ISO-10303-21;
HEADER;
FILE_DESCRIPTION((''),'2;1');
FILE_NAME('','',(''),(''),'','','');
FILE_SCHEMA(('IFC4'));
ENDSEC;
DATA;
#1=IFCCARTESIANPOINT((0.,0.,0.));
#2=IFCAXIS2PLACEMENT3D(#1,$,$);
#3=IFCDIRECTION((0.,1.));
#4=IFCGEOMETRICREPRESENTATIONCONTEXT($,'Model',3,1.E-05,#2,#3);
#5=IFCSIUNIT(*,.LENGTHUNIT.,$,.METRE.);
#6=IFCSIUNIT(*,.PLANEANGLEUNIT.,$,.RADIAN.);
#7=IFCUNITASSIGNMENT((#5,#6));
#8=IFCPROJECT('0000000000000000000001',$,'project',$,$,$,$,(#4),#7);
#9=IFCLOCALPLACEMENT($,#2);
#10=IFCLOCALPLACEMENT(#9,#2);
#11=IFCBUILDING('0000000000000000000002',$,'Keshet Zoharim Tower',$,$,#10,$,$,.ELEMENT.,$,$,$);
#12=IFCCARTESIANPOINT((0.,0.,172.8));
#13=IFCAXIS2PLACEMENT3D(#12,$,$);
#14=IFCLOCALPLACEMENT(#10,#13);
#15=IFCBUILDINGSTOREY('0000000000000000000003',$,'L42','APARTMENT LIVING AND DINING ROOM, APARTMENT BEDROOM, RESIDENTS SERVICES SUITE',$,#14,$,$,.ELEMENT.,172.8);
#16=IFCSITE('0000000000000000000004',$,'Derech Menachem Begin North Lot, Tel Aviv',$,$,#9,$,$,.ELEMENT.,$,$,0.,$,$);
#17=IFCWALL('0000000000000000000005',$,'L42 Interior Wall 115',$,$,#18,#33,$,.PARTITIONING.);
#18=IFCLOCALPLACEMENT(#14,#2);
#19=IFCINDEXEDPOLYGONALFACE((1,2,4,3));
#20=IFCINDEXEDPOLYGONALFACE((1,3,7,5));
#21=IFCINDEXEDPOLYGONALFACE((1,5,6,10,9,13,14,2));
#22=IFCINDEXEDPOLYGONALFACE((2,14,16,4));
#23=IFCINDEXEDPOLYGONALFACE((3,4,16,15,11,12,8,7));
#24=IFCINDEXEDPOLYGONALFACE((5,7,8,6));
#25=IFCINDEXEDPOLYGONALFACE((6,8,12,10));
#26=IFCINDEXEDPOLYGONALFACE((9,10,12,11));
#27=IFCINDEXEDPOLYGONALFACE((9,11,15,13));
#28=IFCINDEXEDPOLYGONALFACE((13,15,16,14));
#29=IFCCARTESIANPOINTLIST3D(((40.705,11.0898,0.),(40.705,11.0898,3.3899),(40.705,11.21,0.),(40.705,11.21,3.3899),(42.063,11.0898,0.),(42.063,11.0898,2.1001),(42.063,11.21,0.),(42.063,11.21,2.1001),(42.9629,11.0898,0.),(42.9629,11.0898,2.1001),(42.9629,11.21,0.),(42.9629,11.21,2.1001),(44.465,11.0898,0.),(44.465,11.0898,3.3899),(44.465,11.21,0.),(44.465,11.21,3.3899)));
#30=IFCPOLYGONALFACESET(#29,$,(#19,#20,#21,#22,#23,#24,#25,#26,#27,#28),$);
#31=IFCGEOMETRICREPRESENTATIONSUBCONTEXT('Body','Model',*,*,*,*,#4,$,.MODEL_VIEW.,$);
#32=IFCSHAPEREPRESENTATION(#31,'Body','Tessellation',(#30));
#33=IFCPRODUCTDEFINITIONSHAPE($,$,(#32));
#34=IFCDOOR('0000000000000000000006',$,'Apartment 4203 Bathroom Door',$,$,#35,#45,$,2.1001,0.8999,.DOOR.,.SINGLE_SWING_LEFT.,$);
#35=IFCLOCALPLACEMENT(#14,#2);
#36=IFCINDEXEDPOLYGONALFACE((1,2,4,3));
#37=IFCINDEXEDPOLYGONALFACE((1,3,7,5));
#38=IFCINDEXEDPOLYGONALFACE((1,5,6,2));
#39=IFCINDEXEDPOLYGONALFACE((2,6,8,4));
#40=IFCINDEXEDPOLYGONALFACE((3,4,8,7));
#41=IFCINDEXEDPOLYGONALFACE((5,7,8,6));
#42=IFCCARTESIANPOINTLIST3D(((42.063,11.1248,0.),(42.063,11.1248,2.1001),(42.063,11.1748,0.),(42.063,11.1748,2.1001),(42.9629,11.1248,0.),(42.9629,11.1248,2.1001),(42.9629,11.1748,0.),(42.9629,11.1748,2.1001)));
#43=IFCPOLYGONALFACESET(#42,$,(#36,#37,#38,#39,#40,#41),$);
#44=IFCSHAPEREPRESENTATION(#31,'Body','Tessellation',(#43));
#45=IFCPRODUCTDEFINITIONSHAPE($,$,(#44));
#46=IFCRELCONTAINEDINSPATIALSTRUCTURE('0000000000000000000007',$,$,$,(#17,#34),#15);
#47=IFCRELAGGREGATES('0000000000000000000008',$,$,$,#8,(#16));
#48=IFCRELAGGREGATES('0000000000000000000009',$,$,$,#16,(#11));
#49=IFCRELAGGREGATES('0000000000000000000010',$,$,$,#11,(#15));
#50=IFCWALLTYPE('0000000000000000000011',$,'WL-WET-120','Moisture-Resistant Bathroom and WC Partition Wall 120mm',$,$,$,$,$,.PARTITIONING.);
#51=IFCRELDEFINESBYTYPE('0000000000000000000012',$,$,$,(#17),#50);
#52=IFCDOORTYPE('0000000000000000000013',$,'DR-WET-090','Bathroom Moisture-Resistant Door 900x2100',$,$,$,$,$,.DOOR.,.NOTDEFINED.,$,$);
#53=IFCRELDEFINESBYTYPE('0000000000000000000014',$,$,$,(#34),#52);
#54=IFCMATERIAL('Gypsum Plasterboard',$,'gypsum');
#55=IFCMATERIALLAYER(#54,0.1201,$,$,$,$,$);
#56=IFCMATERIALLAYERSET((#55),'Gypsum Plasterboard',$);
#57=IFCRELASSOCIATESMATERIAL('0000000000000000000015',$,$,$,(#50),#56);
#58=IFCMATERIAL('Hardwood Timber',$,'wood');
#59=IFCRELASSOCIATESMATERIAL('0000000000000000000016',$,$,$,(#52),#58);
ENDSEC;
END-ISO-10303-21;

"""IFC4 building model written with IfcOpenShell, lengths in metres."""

from ifc_helpers import new_model, si_unit, direction, frame, frame_2d, origin, place, context, subcontext, project, spatial, rectangle, extrude, material, layer, layer_set, type_object, element, fill, save


model = new_model("IFC4")

# Units and contexts
model_context = context("Model", 3, precision=1e-05, world=origin(), true_north=direction((0.0, 1.0)))
body_context = subcontext(model_context, "Body", "Model", "MODEL_VIEW")
ifc_project = project(units=[si_unit("LENGTHUNIT", "METRE"), si_unit("PLANEANGLEUNIT", "RADIAN")], contexts=[model_context])

# Site, building, storey
site_placement = place(None, origin())
site = spatial("IfcSite", under=ifc_project, at=site_placement, Name="Derech Menachem Begin North Lot, Tel Aviv", CompositionType="ELEMENT", RefElevation=0.0)
building_placement = place(site_placement, origin())
building = spatial("IfcBuilding", under=site, at=building_placement, Name="Keshet Zoharim Tower", CompositionType="ELEMENT")
storey_placement = place(building_placement, frame((0.0, 0.0, 172.8)))
storey = spatial("IfcBuildingStorey", under=building, at=storey_placement, Name="L42", Description="APARTMENT LIVING AND DINING ROOM, APARTMENT BEDROOM, RESIDENTS SERVICES SUITE", CompositionType="ELEMENT", Elevation=172.8)

# Shared definitions
ifc_material_1 = material(Name="Gypsum Plasterboard", Category="gypsum")
ifc_material_2 = material(Name="Hardwood Timber", Category="wood")

# Shared definitions
ifc_layer_1 = layer(ifc_material_1, 0.1201)
ifc_layer_set_1 = layer_set([ifc_layer_1], Name="Gypsum Plasterboard")
wall_type_1 = type_object("IfcWallType", Name="WL-WET-120", Description="Moisture-Resistant Bathroom and WC Partition Wall 120mm", PredefinedType="PARTITIONING", material=ifc_layer_set_1)

# Wall, opening, door
wall_1_placement = place(storey_placement, frame((40.7051, 11.1499, 0.0), z_axis=(0.0, 0.0, 1.0), x_axis=(1.0, 0.0, 0.0)))
wall_1 = element("IfcWall", 1, at=wall_1_placement, inside=storey, type_object=wall_type_1, Name="L42 Interior Wall 115", PredefinedType="PARTITIONING", context=body_context, shape_type="SweptSolid", body=[
    extrude(rectangle(XDim=3.76, YDim=0.1201, at=frame_2d((1.8799, 0.0))), origin(), (0.0, 0.0, 1.0), 3.3899),
])
opening_1_placement = place(wall_1_placement, frame((1.3579, 0.0, 0.0)))
opening_1 = element("IfcOpeningElement", 2, at=opening_1_placement, cuts=wall_1, PredefinedType="OPENING", context=body_context, shape_type="SweptSolid", body=[
    extrude(rectangle(XDim=0.8999, YDim=2.1001, at=frame_2d((0.45, 1.05))), frame((0.0, 0.0701, 0.0), z_axis=(0.0, -1.0, 0.0), x_axis=(1.0, 0.0, 0.0)), (0.0, 0.0, 1.0), 0.1401),
])
door_type_1 = type_object("IfcDoorType", Name="DR-WET-090", Description="Bathroom Moisture-Resistant Door 900x2100", OperationType="NOTDEFINED", PredefinedType="DOOR", material=ifc_material_2)
door_1_placement = place(opening_1_placement, origin())
door_1 = element("IfcDoor", 3, at=door_1_placement, inside=storey, type_object=door_type_1, Name="Apartment 4203 Bathroom Door", OperationType="SINGLE_SWING_LEFT", OverallHeight=2.1001, OverallWidth=0.8999, PredefinedType="DOOR", context=body_context, shape_type="SweptSolid", body=[
    extrude(rectangle(XDim=0.8999, YDim=2.1001, at=frame_2d((0.45, 1.05))), frame((0.0, 0.0249, 0.0), z_axis=(0.0, -1.0, 0.0), x_axis=(1.0, 0.0, 0.0)), (0.0, 0.0, 1.0), 0.05),
])
fill(opening_1, door_1)

save(model, "model.ifc")
